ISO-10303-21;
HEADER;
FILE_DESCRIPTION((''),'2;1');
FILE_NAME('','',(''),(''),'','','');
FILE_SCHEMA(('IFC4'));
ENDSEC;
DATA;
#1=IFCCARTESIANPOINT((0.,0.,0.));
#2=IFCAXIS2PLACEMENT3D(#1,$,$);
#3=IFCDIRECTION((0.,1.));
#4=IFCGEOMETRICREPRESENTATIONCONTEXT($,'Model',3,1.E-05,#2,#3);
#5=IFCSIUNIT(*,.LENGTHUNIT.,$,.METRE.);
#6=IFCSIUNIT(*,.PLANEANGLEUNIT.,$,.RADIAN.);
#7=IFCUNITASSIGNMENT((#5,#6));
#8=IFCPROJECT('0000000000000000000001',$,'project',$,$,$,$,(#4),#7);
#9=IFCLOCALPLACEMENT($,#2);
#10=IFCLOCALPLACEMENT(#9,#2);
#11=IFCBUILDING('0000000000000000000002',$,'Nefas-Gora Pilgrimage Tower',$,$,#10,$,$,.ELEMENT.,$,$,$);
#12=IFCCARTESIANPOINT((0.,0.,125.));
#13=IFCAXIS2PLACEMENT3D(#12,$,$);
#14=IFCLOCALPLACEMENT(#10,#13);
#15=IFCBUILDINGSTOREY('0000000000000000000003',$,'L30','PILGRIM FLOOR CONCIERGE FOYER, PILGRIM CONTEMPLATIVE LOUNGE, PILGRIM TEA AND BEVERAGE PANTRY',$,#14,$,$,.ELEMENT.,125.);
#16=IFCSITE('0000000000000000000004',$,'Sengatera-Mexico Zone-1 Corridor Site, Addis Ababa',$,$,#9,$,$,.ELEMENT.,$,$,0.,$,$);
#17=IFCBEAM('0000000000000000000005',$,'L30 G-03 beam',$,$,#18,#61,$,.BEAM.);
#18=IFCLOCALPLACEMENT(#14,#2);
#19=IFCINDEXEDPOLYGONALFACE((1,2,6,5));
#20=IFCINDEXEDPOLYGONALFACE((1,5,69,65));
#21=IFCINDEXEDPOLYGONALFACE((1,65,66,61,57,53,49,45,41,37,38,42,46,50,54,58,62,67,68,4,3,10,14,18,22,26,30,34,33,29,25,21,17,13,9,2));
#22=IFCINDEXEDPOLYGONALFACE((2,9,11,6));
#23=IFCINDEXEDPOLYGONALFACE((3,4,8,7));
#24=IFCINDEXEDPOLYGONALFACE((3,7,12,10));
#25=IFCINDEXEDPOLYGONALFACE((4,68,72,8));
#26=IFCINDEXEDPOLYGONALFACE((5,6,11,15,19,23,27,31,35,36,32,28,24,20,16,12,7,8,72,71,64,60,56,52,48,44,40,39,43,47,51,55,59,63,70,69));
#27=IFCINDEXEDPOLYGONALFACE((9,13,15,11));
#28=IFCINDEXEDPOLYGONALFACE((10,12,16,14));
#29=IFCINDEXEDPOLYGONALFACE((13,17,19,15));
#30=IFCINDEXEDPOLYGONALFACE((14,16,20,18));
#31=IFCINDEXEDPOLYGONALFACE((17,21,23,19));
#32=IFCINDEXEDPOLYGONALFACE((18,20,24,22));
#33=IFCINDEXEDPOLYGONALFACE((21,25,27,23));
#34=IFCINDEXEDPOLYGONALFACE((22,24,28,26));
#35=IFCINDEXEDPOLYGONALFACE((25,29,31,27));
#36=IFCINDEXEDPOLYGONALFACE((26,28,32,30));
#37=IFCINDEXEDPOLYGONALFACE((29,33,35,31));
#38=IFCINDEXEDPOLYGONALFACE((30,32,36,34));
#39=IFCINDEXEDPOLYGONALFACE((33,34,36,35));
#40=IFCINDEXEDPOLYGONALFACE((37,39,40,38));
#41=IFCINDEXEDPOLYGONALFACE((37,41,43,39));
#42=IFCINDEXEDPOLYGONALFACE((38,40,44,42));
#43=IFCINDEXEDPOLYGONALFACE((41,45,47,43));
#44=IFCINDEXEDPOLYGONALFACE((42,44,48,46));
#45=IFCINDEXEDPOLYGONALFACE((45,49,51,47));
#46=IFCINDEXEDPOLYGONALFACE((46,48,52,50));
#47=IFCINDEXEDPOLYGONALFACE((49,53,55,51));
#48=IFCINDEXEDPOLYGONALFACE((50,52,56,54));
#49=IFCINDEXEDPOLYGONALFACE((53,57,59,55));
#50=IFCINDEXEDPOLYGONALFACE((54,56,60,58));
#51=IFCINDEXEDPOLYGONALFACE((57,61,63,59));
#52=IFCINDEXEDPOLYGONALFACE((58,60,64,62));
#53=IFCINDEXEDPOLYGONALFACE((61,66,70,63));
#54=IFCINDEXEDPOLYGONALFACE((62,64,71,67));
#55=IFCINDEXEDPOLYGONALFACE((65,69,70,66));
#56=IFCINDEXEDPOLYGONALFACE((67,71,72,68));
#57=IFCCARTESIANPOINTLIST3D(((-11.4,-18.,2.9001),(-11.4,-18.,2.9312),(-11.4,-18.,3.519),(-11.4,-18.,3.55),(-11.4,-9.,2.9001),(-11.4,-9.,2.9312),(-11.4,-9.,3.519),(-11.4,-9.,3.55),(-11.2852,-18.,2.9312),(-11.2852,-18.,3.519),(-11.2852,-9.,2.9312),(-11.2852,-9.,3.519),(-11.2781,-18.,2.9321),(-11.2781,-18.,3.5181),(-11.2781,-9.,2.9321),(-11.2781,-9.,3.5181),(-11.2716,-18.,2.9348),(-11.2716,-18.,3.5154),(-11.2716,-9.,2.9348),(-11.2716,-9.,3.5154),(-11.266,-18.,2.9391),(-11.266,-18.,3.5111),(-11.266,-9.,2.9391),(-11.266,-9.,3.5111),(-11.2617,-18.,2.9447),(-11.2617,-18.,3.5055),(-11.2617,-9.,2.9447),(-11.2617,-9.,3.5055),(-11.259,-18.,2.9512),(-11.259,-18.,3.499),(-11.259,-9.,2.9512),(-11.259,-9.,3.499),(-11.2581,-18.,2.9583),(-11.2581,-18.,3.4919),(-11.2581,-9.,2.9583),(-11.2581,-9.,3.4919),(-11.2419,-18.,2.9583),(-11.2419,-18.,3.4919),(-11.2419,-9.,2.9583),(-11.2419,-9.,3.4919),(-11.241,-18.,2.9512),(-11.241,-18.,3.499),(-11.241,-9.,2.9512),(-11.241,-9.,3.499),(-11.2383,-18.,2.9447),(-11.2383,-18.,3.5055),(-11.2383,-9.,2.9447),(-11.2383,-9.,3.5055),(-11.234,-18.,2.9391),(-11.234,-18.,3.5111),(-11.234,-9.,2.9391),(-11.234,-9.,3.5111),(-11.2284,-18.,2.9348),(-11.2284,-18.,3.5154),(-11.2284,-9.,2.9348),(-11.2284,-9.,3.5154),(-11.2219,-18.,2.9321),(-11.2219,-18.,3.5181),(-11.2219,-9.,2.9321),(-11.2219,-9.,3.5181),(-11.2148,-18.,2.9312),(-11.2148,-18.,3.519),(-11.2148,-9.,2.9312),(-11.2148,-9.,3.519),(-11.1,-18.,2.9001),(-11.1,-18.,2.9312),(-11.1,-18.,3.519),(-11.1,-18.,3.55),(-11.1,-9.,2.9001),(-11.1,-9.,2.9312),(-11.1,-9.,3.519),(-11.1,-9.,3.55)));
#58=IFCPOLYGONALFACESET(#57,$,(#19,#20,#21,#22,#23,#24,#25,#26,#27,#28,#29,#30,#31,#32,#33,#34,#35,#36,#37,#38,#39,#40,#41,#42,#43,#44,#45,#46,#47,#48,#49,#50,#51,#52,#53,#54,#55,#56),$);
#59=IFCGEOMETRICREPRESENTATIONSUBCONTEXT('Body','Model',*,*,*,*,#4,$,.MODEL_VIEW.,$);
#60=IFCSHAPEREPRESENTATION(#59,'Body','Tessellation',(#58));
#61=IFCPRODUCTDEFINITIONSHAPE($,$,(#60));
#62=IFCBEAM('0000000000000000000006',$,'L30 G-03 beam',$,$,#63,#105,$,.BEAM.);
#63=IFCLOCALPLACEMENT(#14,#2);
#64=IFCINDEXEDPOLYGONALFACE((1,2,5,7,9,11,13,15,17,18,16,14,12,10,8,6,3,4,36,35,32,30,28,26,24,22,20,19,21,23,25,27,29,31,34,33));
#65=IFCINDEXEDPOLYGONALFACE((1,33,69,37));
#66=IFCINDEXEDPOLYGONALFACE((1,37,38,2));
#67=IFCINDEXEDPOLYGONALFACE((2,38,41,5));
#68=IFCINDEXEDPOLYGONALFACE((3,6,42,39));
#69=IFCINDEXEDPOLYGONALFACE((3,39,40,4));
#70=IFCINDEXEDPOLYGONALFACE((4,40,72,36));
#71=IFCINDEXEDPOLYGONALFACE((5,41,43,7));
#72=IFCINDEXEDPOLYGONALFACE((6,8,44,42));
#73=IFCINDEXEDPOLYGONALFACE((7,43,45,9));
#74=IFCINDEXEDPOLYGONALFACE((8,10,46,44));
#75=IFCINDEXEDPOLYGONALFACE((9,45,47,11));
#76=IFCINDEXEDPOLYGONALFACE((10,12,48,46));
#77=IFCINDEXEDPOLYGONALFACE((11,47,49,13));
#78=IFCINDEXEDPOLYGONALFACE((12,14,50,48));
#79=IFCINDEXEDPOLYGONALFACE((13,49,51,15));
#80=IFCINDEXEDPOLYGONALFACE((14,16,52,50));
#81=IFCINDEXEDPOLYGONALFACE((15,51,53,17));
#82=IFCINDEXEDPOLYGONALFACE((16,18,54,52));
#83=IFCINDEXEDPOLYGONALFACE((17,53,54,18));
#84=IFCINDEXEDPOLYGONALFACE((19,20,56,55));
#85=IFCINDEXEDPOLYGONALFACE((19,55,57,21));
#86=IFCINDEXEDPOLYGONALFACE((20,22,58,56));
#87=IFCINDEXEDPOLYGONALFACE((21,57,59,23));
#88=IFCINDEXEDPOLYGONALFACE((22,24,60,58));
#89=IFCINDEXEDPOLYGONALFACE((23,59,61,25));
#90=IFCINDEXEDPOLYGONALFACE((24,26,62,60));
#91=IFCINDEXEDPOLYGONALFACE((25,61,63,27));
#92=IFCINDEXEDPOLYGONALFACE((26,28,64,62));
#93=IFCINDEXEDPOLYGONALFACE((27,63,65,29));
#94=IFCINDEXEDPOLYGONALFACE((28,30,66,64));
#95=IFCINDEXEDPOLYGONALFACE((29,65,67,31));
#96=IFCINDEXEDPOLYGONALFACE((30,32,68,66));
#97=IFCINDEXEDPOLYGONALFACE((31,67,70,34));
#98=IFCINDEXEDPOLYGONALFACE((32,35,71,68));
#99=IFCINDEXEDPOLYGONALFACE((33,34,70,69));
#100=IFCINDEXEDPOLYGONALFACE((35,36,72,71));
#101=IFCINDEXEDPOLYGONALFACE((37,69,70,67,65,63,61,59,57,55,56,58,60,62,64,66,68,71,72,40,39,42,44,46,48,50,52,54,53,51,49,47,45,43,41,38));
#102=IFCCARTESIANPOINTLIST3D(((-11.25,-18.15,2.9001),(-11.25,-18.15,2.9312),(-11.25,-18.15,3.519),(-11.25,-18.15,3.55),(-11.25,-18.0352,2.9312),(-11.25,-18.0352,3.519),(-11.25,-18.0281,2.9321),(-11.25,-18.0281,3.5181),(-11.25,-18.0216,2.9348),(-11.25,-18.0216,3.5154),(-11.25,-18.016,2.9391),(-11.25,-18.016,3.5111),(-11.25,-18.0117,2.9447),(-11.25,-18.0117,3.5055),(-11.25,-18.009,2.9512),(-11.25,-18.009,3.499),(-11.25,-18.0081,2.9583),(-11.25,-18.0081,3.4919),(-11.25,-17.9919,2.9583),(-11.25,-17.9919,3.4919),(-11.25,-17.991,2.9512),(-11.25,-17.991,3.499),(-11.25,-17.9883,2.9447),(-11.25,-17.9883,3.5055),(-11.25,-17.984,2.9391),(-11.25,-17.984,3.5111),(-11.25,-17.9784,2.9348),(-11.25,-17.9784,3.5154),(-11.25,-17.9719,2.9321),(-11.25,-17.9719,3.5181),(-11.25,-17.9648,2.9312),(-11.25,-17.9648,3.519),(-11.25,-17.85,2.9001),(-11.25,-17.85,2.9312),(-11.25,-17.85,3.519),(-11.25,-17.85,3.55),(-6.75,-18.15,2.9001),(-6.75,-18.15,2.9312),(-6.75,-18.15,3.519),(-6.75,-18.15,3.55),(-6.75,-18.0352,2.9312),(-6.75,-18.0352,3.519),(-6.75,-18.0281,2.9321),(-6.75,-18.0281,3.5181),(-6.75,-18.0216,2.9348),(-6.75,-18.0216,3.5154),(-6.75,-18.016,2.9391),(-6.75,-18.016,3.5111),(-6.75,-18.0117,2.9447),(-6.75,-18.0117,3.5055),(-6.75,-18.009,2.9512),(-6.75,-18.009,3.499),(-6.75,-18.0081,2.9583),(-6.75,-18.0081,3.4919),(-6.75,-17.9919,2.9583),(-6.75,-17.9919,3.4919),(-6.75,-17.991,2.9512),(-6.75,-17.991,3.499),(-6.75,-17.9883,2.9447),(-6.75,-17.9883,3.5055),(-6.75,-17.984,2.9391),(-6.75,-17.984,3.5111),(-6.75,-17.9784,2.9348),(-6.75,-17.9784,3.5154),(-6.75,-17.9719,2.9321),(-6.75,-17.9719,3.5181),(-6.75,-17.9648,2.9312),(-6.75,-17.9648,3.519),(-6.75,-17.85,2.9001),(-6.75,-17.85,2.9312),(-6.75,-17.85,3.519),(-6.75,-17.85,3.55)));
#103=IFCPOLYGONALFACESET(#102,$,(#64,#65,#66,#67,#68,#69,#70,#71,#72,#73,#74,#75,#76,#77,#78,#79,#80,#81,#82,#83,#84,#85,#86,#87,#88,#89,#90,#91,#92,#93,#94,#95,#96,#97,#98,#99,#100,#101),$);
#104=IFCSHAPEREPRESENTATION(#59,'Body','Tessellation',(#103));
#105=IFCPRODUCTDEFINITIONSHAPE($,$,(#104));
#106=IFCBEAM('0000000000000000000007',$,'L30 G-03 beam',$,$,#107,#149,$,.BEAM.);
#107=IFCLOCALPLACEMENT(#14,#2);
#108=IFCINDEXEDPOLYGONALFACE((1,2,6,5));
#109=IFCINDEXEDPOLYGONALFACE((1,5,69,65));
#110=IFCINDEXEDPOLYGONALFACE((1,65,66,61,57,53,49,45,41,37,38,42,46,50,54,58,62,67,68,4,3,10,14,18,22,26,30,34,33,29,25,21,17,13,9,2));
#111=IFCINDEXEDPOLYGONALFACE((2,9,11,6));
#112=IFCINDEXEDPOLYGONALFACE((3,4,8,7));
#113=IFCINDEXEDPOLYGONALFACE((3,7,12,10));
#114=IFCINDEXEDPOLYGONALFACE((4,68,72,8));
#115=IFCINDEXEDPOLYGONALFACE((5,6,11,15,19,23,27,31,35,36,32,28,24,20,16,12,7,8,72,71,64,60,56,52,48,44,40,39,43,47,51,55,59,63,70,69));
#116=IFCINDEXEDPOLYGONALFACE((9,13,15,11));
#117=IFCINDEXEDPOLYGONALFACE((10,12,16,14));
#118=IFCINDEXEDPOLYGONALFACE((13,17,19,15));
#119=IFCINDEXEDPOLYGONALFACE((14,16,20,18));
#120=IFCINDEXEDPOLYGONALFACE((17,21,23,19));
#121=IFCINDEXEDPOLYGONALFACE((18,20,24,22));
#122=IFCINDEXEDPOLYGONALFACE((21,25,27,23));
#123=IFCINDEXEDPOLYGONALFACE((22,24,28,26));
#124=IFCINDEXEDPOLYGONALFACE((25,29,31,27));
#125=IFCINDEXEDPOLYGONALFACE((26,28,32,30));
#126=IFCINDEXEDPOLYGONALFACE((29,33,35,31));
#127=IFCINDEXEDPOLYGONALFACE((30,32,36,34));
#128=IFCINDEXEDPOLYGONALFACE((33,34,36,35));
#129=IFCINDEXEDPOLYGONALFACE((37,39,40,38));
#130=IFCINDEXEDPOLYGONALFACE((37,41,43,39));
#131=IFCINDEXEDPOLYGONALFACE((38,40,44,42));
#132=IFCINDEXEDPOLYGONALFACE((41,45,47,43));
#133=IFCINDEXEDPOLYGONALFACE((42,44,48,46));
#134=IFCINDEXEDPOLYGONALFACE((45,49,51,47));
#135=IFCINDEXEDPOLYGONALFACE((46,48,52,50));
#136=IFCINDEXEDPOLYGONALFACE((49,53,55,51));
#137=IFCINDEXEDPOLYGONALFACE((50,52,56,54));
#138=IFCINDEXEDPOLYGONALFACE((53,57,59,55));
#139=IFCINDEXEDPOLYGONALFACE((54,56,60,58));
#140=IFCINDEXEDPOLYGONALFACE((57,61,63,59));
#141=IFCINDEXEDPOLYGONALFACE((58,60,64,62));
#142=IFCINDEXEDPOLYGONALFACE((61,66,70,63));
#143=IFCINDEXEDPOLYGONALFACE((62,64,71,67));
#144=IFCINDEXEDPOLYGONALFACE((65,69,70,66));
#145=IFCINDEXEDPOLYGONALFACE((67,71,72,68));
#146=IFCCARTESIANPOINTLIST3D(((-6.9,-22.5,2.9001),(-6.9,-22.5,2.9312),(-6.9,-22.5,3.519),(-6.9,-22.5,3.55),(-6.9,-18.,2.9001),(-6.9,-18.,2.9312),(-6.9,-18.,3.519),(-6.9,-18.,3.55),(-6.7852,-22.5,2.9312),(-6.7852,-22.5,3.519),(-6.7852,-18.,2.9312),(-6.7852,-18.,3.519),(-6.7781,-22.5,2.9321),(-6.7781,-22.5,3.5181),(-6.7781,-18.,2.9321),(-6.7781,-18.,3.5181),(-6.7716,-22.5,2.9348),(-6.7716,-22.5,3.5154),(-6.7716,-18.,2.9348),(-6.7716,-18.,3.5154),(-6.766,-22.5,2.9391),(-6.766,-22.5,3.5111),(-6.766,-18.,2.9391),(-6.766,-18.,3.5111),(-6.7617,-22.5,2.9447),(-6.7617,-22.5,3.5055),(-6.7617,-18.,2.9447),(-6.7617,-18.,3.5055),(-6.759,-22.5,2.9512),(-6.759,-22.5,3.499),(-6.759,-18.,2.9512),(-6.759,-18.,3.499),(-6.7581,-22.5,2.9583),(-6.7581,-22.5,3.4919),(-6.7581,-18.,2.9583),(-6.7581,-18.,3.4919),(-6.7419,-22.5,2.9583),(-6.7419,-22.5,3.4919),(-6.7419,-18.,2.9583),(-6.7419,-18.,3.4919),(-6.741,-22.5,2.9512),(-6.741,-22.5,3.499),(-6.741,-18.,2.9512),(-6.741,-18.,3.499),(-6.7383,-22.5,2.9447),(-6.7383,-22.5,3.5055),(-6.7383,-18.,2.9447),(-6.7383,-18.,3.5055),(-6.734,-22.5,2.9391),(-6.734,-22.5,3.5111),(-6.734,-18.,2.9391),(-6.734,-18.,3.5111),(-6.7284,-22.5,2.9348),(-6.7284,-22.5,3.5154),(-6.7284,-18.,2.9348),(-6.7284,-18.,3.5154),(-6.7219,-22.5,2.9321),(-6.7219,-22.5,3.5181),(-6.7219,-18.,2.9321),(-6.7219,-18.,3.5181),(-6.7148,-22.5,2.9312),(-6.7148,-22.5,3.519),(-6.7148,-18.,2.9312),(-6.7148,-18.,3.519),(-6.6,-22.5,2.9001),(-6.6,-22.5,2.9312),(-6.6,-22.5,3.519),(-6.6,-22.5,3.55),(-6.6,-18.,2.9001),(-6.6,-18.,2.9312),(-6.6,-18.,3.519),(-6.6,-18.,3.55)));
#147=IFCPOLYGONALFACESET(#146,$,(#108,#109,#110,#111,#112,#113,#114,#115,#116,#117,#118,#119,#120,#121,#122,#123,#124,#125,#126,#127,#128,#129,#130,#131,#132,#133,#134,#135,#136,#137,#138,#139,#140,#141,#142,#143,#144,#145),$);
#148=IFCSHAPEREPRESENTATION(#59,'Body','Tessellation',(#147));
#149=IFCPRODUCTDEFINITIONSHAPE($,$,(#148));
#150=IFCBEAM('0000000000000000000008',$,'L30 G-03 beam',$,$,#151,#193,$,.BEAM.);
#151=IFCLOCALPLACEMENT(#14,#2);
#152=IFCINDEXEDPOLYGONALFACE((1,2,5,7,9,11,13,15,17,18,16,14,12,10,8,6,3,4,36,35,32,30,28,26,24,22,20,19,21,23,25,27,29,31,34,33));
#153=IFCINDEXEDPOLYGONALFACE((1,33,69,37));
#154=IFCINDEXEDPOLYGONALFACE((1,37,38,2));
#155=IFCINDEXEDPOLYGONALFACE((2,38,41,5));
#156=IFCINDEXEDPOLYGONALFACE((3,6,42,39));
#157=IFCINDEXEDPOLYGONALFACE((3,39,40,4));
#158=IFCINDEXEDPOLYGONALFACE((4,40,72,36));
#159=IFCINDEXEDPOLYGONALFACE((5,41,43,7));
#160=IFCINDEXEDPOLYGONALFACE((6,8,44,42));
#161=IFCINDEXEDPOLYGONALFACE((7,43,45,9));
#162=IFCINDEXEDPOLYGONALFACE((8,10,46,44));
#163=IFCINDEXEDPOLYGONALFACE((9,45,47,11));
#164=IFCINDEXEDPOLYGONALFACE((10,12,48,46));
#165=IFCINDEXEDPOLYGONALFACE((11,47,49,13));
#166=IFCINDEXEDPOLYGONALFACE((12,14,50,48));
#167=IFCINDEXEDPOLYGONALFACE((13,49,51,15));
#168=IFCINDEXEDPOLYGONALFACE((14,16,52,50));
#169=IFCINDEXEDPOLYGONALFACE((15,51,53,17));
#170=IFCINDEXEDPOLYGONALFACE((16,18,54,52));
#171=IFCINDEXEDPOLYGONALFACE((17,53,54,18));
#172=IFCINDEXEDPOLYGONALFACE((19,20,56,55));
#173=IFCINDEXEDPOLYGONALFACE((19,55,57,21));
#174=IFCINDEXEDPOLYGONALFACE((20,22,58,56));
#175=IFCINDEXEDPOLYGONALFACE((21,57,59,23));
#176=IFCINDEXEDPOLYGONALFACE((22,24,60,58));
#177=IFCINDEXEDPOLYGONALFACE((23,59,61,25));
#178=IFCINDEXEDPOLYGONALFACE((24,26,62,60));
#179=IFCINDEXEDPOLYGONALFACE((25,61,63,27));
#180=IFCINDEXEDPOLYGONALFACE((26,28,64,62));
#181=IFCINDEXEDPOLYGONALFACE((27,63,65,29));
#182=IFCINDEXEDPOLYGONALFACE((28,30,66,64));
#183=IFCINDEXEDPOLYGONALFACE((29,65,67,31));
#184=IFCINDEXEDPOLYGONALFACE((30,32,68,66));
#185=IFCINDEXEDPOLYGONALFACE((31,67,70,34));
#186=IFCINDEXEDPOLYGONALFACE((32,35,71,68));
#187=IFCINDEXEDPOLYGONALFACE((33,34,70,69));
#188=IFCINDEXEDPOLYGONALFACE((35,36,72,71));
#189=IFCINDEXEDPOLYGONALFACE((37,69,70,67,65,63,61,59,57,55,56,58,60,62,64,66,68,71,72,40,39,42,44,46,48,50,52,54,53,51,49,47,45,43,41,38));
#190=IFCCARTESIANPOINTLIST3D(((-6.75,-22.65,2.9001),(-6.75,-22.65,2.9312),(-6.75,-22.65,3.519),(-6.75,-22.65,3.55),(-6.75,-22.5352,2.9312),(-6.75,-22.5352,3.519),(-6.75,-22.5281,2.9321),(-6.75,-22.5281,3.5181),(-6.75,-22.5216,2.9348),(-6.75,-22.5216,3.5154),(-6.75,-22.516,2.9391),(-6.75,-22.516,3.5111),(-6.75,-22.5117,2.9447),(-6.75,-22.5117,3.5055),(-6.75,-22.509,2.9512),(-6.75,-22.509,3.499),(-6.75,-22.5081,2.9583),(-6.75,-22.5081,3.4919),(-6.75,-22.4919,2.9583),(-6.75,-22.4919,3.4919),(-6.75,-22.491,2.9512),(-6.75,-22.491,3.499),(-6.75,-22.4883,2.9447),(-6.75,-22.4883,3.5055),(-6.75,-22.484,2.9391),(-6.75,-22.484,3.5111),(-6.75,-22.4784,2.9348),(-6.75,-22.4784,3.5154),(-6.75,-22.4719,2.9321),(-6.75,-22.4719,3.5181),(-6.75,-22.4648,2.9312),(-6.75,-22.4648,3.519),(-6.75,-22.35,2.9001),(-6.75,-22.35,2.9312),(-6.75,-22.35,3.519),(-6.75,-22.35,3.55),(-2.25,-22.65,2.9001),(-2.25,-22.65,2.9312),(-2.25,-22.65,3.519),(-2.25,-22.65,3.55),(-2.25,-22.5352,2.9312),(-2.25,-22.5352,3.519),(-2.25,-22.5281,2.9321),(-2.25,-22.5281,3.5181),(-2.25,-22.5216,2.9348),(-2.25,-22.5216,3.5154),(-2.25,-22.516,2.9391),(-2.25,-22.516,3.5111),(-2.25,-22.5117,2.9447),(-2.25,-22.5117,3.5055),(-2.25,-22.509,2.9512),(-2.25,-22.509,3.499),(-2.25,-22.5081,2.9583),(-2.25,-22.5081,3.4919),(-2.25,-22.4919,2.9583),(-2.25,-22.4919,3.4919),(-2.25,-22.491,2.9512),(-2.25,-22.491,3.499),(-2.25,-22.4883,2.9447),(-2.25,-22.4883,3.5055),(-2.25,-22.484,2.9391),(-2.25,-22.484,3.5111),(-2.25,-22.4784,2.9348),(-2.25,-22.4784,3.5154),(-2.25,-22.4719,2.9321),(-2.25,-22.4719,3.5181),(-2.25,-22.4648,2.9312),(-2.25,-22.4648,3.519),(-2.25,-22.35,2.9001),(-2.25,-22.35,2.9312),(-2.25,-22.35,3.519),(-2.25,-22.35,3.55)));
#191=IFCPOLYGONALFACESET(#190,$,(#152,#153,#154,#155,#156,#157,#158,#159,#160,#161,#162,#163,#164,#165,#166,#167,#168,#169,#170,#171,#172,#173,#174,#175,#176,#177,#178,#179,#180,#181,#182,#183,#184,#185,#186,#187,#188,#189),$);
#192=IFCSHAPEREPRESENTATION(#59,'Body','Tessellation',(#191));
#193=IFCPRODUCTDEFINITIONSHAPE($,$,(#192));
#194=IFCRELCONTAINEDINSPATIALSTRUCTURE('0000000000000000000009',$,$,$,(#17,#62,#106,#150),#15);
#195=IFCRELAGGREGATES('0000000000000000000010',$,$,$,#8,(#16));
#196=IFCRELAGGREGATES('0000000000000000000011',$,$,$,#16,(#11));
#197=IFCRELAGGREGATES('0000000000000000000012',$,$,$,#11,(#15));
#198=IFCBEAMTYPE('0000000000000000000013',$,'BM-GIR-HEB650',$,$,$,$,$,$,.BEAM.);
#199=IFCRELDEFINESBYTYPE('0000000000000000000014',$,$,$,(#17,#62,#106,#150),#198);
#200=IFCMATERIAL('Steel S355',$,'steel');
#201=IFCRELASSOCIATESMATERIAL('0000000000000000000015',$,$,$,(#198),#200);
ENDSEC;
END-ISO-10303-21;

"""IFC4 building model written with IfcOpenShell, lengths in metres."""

from ifc_helpers import new_model, si_unit, direction, frame, origin, origin_2d, place, context, subcontext, project, spatial, i_section, extrude, source, transform, mapped, material, material_profile, profile_set, type_object, element, save


model = new_model("IFC4")

# Units and contexts
model_context = context("Model", 3, precision=1e-05, world=origin(), true_north=direction((0.0, 1.0)))
body_context = subcontext(model_context, "Body", "Model", "MODEL_VIEW")
ifc_project = project(units=[si_unit("LENGTHUNIT", "METRE"), si_unit("PLANEANGLEUNIT", "RADIAN")], contexts=[model_context])

# Site, building, storey
site_placement = place(None, origin())
site = spatial("IfcSite", under=ifc_project, at=site_placement, Name="Sengatera-Mexico Zone-1 Corridor Site, Addis Ababa", CompositionType="ELEMENT", RefElevation=0.0)
building_placement = place(site_placement, origin())
building = spatial("IfcBuilding", under=site, at=building_placement, Name="Nefas-Gora Pilgrimage Tower", CompositionType="ELEMENT")
storey_placement = place(building_placement, frame((0.0, 0.0, 125.0)))
storey = spatial("IfcBuildingStorey", under=building, at=storey_placement, Name="L30", Description="PILGRIM FLOOR CONCIERGE FOYER, PILGRIM CONTEMPLATIVE LOUNGE, PILGRIM TEA AND BEVERAGE PANTRY", CompositionType="ELEMENT", Elevation=125.0)

# Beams
ifc_material_1 = material(Name="Steel S355", Category="steel")
ifc_material_profile_1 = material_profile(ifc_material_1, i_section(OverallWidth=0.3, OverallDepth=0.6499, WebThickness=0.0161, FlangeThickness=0.031, FilletRadius=0.0271, at=origin_2d()), Name="HEB 650")
ifc_profile_set_1 = profile_set([ifc_material_profile_1], Name="Steel S355")
beam_type = type_object("IfcBeamType", Name="BM-GIR-HEB650", PredefinedType="BEAM", material=ifc_profile_set_1)
shared_shape_1 = source(origin(), body_context, "Body", "SweptSolid", [
    extrude(i_section(OverallWidth=0.3, OverallDepth=0.6499, WebThickness=0.0161, FlangeThickness=0.031, FilletRadius=0.0271, at=origin_2d()), origin(), (0.0, 0.0, 1.0), 9.0),
])
beam_placement = place(storey_placement, frame((-11.25, -18.0, 3.2251), z_axis=(0.0, 1.0, 0.0), x_axis=(-1.0, 0.0, 0.0)))
element("IfcBeam", 1, at=beam_placement, inside=storey, type_object=beam_type, Name="L30 G-03 beam", PredefinedType="BEAM", context=body_context, shape_type="MappedRepresentation", body=[
    mapped(shared_shape_1, transform((0.0, 0.0, 0.0), x_axis=(1.0, 0.0, 0.0), y_axis=(0.0, 1.0, 0.0), z_axis=(0.0, 0.0, 1.0), scale=1.0)),
])
shared_shape_2 = source(origin(), body_context, "Body", "SweptSolid", [
    extrude(i_section(OverallWidth=0.3, OverallDepth=0.6499, WebThickness=0.0161, FlangeThickness=0.031, FilletRadius=0.0271, at=origin_2d()), origin(), (0.0, 0.0, 1.0), 4.5),
])
for number, where, z_axis, x_axis, name in (
    (2, (-11.25, -18.0, 3.2251), (1.0, 0.0, 0.0), (0.0, 1.0, 0.0), "L30 G-03 beam"),
    (3, (-6.75, -22.5, 3.2251), (0.0, 1.0, 0.0), (-1.0, 0.0, 0.0), "L30 G-03 beam"),
    (4, (-6.75, -22.5, 3.2251), (1.0, 0.0, 0.0), (0.0, 1.0, 0.0), "L30 G-03 beam"),
):
    element("IfcBeam", number, at=place(storey_placement, frame(where, z_axis=z_axis, x_axis=x_axis)), inside=storey, type_object=beam_type, Name=name, PredefinedType="BEAM", context=body_context, shape_type="MappedRepresentation", body=[
        mapped(shared_shape_2, transform((0.0, 0.0, 0.0), x_axis=(1.0, 0.0, 0.0), y_axis=(0.0, 1.0, 0.0), z_axis=(0.0, 0.0, 1.0), scale=1.0)),
    ])

save(model, "model.ifc")
